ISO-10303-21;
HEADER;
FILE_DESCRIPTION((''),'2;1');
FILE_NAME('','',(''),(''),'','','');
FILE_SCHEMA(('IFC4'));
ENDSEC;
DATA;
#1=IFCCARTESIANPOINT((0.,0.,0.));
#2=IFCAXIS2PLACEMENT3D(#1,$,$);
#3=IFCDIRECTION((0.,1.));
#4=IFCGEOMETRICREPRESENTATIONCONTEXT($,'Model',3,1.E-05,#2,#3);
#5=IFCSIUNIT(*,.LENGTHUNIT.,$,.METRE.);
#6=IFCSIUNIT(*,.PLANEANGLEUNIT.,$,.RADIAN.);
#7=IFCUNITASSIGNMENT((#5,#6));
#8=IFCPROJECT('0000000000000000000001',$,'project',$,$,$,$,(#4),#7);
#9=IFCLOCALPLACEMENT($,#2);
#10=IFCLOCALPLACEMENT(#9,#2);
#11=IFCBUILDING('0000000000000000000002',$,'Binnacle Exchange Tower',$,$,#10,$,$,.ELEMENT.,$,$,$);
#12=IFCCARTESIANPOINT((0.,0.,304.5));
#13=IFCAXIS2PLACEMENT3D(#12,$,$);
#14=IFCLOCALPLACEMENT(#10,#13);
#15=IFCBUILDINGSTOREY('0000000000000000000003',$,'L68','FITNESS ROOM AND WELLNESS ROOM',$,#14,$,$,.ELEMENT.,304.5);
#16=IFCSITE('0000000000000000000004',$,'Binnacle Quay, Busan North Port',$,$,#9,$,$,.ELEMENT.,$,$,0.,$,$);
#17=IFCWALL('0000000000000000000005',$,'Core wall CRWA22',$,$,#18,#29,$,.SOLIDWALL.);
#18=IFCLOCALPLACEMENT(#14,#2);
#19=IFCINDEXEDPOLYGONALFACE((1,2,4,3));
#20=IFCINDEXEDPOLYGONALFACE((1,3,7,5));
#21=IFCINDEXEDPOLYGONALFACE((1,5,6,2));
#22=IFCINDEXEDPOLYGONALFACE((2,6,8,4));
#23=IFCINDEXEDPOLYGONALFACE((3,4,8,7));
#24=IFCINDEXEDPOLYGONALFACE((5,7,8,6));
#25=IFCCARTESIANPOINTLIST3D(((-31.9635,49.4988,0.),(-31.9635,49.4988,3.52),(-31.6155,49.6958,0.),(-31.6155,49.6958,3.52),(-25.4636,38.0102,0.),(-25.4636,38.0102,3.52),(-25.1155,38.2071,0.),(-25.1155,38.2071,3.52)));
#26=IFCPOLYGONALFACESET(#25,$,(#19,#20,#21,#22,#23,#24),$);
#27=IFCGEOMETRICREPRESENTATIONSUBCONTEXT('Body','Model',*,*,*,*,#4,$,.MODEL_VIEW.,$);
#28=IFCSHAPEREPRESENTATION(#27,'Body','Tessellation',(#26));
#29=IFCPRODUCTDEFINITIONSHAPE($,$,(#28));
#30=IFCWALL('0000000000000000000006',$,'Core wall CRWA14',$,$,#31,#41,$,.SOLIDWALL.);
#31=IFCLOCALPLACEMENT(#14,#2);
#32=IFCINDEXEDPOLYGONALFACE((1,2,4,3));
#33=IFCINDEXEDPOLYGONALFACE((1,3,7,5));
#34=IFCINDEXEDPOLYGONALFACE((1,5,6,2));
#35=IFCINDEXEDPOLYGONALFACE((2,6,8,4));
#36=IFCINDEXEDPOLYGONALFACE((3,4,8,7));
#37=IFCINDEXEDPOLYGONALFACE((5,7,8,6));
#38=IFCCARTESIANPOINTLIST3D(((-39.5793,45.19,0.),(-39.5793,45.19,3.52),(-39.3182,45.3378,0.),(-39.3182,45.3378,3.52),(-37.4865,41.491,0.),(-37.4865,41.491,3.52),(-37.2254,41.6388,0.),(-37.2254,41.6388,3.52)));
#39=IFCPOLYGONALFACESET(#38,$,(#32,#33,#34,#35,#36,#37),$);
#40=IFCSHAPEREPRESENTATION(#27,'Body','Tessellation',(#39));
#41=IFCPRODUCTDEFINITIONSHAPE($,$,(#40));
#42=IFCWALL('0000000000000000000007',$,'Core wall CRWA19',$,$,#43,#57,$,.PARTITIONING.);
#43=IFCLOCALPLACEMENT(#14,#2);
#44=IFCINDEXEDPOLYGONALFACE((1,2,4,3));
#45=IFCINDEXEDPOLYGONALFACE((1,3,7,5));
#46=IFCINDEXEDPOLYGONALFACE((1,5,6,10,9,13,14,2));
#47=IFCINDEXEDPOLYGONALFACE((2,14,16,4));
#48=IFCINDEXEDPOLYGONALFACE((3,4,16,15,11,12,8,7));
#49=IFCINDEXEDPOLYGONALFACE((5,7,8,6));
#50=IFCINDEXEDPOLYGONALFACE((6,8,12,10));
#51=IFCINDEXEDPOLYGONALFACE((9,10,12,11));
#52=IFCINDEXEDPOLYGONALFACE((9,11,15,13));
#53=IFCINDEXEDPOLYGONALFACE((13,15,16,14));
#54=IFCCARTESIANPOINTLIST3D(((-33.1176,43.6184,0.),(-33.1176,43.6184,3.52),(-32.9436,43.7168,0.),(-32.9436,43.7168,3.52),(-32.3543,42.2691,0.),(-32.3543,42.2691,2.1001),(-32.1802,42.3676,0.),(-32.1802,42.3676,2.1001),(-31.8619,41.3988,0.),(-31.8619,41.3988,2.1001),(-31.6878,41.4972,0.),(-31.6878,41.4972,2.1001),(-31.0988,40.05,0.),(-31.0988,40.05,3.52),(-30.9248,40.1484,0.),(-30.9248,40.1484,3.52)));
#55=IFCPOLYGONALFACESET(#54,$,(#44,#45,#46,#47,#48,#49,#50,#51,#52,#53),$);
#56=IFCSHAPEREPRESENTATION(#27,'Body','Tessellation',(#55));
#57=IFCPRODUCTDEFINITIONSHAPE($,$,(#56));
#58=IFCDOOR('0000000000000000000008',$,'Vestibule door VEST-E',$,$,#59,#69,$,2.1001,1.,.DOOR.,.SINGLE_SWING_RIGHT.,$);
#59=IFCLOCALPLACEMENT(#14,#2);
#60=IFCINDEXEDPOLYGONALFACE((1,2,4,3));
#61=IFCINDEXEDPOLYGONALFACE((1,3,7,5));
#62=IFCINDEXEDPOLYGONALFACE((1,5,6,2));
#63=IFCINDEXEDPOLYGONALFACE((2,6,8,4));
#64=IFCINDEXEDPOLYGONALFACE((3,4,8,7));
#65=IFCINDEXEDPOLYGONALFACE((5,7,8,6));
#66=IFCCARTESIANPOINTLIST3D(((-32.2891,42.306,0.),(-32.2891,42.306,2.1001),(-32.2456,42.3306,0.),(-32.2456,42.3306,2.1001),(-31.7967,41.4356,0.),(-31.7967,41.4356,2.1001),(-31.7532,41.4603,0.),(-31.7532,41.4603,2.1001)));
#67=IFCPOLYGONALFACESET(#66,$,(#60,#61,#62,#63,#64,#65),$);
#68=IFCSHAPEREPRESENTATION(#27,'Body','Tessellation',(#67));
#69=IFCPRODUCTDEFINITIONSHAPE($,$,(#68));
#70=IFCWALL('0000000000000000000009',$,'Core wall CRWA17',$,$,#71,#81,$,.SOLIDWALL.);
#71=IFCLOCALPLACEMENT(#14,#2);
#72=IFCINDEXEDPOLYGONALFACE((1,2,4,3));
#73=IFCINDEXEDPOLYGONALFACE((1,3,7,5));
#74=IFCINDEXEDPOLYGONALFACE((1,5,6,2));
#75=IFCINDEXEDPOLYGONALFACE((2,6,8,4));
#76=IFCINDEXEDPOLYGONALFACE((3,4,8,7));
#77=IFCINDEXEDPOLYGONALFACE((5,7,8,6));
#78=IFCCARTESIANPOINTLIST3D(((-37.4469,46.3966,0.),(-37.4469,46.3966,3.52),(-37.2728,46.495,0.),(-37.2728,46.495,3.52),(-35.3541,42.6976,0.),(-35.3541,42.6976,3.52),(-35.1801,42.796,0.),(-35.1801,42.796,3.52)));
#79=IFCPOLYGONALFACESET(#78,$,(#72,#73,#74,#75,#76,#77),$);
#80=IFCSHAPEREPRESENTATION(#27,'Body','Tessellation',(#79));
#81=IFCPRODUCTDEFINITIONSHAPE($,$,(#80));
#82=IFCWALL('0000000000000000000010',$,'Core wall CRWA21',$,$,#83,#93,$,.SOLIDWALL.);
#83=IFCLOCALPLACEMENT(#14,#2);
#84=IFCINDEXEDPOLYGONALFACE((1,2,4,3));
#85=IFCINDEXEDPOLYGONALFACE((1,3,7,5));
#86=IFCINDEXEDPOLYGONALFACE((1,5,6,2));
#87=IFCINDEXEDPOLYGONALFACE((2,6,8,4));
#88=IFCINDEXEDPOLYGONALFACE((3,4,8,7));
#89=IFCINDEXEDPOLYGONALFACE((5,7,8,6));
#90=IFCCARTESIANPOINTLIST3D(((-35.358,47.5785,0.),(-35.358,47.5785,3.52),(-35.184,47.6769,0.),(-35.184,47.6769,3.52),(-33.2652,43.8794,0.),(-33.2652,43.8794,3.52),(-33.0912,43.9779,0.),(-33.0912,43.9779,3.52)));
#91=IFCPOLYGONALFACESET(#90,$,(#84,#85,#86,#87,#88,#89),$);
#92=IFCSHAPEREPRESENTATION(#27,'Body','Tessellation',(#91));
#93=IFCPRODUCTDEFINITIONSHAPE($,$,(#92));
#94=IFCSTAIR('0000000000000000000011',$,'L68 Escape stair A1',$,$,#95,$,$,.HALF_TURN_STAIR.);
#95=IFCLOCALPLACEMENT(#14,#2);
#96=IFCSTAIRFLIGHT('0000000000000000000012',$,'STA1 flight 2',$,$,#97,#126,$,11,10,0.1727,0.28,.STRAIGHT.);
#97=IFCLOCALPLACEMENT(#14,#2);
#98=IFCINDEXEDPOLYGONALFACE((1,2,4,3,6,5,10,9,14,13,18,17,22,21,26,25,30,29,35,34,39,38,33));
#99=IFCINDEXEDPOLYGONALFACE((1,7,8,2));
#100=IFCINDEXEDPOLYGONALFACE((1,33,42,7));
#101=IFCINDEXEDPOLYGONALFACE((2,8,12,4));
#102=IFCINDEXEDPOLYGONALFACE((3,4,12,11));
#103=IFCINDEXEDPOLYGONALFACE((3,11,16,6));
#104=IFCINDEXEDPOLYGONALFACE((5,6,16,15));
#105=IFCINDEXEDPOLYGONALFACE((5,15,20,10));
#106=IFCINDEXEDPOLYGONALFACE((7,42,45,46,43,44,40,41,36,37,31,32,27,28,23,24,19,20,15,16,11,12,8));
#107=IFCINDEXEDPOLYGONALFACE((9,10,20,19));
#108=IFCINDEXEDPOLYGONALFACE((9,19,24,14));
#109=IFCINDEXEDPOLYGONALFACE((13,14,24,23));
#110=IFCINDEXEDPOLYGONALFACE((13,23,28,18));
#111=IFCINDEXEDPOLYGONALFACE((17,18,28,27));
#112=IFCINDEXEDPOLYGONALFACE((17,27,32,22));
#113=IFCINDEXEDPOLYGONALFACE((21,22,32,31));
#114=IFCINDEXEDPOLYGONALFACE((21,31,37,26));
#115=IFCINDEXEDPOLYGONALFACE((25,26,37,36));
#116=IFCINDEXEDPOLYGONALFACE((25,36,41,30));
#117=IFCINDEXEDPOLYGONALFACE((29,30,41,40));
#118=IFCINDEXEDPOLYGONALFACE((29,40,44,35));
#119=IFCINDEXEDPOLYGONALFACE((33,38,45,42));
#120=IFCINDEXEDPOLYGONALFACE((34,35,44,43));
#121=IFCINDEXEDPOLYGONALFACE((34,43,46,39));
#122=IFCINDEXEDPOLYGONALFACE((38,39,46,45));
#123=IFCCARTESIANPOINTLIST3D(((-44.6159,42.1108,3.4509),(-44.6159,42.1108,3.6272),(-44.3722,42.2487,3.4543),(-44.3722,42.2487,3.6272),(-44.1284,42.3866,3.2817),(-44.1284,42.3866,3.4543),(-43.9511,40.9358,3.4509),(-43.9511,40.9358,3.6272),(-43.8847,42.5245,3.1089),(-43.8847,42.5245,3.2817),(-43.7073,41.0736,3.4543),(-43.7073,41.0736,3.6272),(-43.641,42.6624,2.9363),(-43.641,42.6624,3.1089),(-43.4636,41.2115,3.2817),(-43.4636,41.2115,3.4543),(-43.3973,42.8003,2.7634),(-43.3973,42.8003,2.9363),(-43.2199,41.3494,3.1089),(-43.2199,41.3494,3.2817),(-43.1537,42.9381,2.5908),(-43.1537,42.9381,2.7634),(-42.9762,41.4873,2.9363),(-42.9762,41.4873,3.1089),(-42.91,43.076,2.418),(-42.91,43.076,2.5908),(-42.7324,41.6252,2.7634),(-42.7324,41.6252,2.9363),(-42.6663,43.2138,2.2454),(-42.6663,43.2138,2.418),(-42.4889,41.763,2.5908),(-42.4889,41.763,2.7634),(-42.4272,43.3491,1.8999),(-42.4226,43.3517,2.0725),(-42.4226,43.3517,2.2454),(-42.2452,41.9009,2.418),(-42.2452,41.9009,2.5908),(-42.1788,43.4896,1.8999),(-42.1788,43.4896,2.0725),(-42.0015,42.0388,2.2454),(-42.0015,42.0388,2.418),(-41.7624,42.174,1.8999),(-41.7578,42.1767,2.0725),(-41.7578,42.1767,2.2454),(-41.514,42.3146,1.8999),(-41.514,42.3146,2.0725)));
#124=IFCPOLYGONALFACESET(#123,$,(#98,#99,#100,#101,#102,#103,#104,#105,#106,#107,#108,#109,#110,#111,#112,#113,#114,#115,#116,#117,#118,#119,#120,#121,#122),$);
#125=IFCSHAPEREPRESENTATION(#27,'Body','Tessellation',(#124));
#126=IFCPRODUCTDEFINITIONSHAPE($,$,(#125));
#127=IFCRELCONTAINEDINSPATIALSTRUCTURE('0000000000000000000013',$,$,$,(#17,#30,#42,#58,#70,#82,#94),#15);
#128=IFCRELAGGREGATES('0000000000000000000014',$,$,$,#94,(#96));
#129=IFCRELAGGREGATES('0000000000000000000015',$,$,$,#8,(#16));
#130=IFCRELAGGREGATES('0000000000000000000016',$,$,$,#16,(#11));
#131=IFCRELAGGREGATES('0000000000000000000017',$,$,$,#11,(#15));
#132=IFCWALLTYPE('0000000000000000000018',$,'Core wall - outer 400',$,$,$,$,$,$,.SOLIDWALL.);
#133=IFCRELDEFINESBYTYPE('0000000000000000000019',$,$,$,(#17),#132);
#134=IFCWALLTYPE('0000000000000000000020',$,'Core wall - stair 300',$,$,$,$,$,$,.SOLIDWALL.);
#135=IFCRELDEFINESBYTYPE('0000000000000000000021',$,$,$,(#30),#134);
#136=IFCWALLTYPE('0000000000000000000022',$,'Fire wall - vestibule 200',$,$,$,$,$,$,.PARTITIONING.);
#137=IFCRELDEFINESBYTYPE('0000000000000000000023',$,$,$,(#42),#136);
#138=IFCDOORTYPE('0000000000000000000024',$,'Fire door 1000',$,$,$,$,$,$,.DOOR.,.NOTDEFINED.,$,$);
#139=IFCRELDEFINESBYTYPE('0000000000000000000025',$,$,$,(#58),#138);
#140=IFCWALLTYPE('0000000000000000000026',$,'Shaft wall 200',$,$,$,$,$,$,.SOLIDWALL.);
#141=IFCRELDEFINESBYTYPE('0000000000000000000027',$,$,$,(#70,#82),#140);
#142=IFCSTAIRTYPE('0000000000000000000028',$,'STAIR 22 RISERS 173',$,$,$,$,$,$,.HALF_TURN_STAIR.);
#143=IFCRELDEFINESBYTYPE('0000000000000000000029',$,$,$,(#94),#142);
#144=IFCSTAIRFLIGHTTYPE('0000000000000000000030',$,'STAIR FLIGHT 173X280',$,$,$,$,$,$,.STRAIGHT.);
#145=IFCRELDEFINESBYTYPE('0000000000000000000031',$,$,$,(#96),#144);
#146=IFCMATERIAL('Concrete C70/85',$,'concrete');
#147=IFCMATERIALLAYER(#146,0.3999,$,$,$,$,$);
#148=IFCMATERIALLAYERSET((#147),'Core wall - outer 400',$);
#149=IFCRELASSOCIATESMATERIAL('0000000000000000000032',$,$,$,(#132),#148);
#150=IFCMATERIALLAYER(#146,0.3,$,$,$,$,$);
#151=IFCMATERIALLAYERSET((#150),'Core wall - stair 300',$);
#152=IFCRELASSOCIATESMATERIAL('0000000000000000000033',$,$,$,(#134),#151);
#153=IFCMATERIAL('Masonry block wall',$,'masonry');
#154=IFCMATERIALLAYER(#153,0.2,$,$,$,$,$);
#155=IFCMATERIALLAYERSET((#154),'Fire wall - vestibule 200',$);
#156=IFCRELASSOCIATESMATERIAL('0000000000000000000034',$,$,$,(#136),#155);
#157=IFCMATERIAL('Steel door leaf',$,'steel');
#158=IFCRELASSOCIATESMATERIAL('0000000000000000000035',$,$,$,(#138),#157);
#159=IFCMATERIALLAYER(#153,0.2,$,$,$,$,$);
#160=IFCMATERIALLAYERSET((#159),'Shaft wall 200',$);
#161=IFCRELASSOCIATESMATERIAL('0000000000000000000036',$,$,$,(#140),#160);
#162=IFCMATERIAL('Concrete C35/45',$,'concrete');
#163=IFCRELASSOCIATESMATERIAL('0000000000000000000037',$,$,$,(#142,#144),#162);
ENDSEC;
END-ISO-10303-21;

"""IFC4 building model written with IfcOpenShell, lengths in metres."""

from ifc_helpers import new_model, si_unit, direction, frame, frame_2d, origin, place, context, subcontext, project, spatial, polyline, rectangle, outline, extrude, material, layer, layer_set, type_object, element, fill, aggregate, save


model = new_model("IFC4")

# Units and contexts
model_context = context("Model", 3, precision=1e-05, world=origin(), true_north=direction((0.0, 1.0)))
body_context = subcontext(model_context, "Body", "Model", "MODEL_VIEW")
ifc_project = project(units=[si_unit("LENGTHUNIT", "METRE"), si_unit("PLANEANGLEUNIT", "RADIAN")], contexts=[model_context])

# Site, building, storey
site_placement = place(None, origin())
site = spatial("IfcSite", under=ifc_project, at=site_placement, Name="Binnacle Quay, Busan North Port", CompositionType="ELEMENT", RefElevation=0.0)
building_placement = place(site_placement, origin())
building = spatial("IfcBuilding", under=site, at=building_placement, Name="Binnacle Exchange Tower", CompositionType="ELEMENT")
storey_placement = place(building_placement, frame((0.0, 0.0, 304.5)))
storey = spatial("IfcBuildingStorey", under=building, at=storey_placement, Name="L68", Description="FITNESS ROOM AND WELLNESS ROOM", CompositionType="ELEMENT", Elevation=304.5)

# Walls
ifc_material_1 = material(Name="Concrete C70/85", Category="concrete")
ifc_layer_1 = layer(ifc_material_1, 0.3999)
ifc_layer_set_1 = layer_set([ifc_layer_1], Name="Core wall - outer 400")
wall_type_1 = type_object("IfcWallType", Name="Core wall - outer 400", PredefinedType="SOLIDWALL", material=ifc_layer_set_1)
wall_1_placement = place(storey_placement, frame((-31.7896, 49.5974, 0.0), z_axis=(0.0, 0.0, 1.0), x_axis=(0.492422, -0.870357, 0.0)))
element("IfcWall", 1, at=wall_1_placement, inside=storey, type_object=wall_type_1, Name="Core wall CRWA22", PredefinedType="SOLIDWALL", context=body_context, shape_type="SweptSolid", body=[
    extrude(rectangle(XDim=13.2, YDim=0.3999, at=frame_2d((6.6001, 0.0))), origin(), (0.0, 0.0, 1.0), 3.52),
])
ifc_layer_2 = layer(ifc_material_1, 0.3)
ifc_layer_set_2 = layer_set([ifc_layer_2], Name="Core wall - stair 300")
wall_type_2 = type_object("IfcWallType", Name="Core wall - stair 300", PredefinedType="SOLIDWALL", material=ifc_layer_set_2)
wall_2_placement = place(storey_placement, frame((-39.4487, 45.2639, 0.0), z_axis=(0.0, 0.0, 1.0), x_axis=(0.492423, -0.870356, 0.0)))
element("IfcWall", 2, at=wall_2_placement, inside=storey, type_object=wall_type_2, Name="Core wall CRWA14", PredefinedType="SOLIDWALL", context=body_context, shape_type="SweptSolid", body=[
    extrude(rectangle(XDim=4.25, YDim=0.3, at=frame_2d((2.125, 0.0))), origin(), (0.0, 0.0, 1.0), 3.52),
])

# Wall, opening, door
ifc_material_2 = material(Name="Masonry block wall", Category="masonry")
ifc_layer_3 = layer(ifc_material_2, 0.2)
ifc_layer_set_3 = layer_set([ifc_layer_3], Name="Fire wall - vestibule 200")
wall_type_3 = type_object("IfcWallType", Name="Fire wall - vestibule 200", PredefinedType="PARTITIONING", material=ifc_layer_set_3)
wall_3_placement = place(storey_placement, frame((-33.0305, 43.6675, 0.0), z_axis=(0.0, 0.0, 1.0), x_axis=(0.492408, -0.870364, 0.0)))
wall_3 = element("IfcWall", 3, at=wall_3_placement, inside=storey, type_object=wall_type_3, Name="Core wall CRWA19", PredefinedType="PARTITIONING", context=body_context, shape_type="SweptSolid", body=[
    extrude(rectangle(XDim=4.0999, YDim=0.2, at=frame_2d((2.0498, 0.0))), origin(), (0.0, 0.0, 1.0), 3.52),
])
opening_placement = place(wall_3_placement, frame((1.55, 0.0, 0.0)))
opening = element("IfcOpeningElement", 4, at=opening_placement, cuts=wall_3, PredefinedType="OPENING", context=body_context, shape_type="SweptSolid", body=[
    extrude(rectangle(XDim=1.0, YDim=2.1001, at=frame_2d((0.5, 1.05))), frame((0.0, 0.1099, 0.0), z_axis=(0.0, -1.0, 0.0), x_axis=(1.0, 0.0, 0.0)), (0.0, 0.0, 1.0), 0.22),
])
ifc_material_3 = material(Name="Steel door leaf", Category="steel")
door_type = type_object("IfcDoorType", Name="Fire door 1000", OperationType="NOTDEFINED", PredefinedType="DOOR", material=ifc_material_3)
door_placement = place(opening_placement, origin())
door = element("IfcDoor", 5, at=door_placement, inside=storey, type_object=door_type, Name="Vestibule door VEST-E", OperationType="SINGLE_SWING_RIGHT", OverallHeight=2.1001, OverallWidth=1.0, PredefinedType="DOOR", context=body_context, shape_type="SweptSolid", body=[
    extrude(rectangle(XDim=1.0, YDim=2.1001, at=frame_2d((0.5, 1.05))), frame((0.0, 0.0249, 0.0), z_axis=(0.0, -1.0, 0.0), x_axis=(1.0, 0.0, 0.0)), (0.0, 0.0, 1.0), 0.05),
])
fill(opening, door)

# Walls
ifc_layer_4 = layer(ifc_material_2, 0.2)
ifc_layer_set_4 = layer_set([ifc_layer_4], Name="Shaft wall 200")
wall_type_4 = type_object("IfcWallType", Name="Shaft wall 200", PredefinedType="SOLIDWALL", material=ifc_layer_set_4)
for number, where, z_axis, x_axis, name in (
    (6, (-37.3599, 46.4458, 0.0), (0.0, 0.0, 1.0), (0.492423, -0.870356, 0.0), "Core wall CRWA17"),
    (7, (-35.271, 47.6277, 0.0), (0.0, 0.0, 1.0), (0.492423, -0.870356, 0.0), "Core wall CRWA21"),
):
    element("IfcWall", number, at=place(storey_placement, frame(where, z_axis=z_axis, x_axis=x_axis)), inside=storey, type_object=wall_type_4, Name=name, PredefinedType="SOLIDWALL", context=body_context, shape_type="SweptSolid", body=[
        extrude(rectangle(XDim=4.25, YDim=0.2, at=frame_2d((2.125, 0.0))), origin(), (0.0, 0.0, 1.0), 3.52),
    ])

# Stair, stair flight
ifc_material_4 = material(Name="Concrete C35/45", Category="concrete")
stair_type = type_object("IfcStairType", Name="STAIR 22 RISERS 173", PredefinedType="HALF_TURN_STAIR", material=ifc_material_4)
stair_placement = place(storey_placement, origin())
stair = element("IfcStair", 8, at=stair_placement, inside=storey, type_object=stair_type, Name="L68 Escape stair A1", PredefinedType="HALF_TURN_STAIR")
stair_flight_type = type_object("IfcStairFlightType", Name="STAIR FLIGHT 173X280", PredefinedType="STRAIGHT", material=ifc_material_4)
stair_flight_placement = place(storey_placement, frame((-41.8464, 42.9021, 1.8999), z_axis=(0.0, 0.0, 1.0), x_axis=(-0.870356, -0.492424, 0.0)))
stair_flight = element("IfcStairFlight", 9, at=stair_flight_placement, type_object=stair_flight_type, Name="STA1 flight 2", NumberOfRisers=11, NumberOfTreads=10, PredefinedType="STRAIGHT", RiserHeight=0.1727, TreadLength=0.28, context=body_context, shape_type="SweptSolid", body=[
    extrude(outline(polyline([(0.0, 0.0), (0.0, 0.1726), (0.28, 0.1726), (0.28, 0.3455), (0.5601, 0.3455), (0.5601, 0.5181), (0.8401, 0.5181), (0.8401, 0.6909), (1.1201, 0.6909), (1.1201, 0.8635), (1.3999, 0.8635), (1.3999, 1.0364), (1.6799, 1.0364), (1.6799, 1.209), (1.96, 1.209), (1.96, 1.3818), (2.24, 1.3818), (2.24, 1.5544), (2.52, 1.5544), (2.52, 1.7273), (2.8, 1.7273), (2.8, 1.8999), (2.8, 1.551), (0.2854, 0.0), (0.0, 0.0)])), frame((0.0, 0.675, 0.0), z_axis=(0.0, -1.0, 0.0), x_axis=(1.0, 0.0, 0.0)), (0.0, 0.0, 1.0), 1.3501),
])
aggregate(stair, [stair_flight])

save(model, "model.ifc")
